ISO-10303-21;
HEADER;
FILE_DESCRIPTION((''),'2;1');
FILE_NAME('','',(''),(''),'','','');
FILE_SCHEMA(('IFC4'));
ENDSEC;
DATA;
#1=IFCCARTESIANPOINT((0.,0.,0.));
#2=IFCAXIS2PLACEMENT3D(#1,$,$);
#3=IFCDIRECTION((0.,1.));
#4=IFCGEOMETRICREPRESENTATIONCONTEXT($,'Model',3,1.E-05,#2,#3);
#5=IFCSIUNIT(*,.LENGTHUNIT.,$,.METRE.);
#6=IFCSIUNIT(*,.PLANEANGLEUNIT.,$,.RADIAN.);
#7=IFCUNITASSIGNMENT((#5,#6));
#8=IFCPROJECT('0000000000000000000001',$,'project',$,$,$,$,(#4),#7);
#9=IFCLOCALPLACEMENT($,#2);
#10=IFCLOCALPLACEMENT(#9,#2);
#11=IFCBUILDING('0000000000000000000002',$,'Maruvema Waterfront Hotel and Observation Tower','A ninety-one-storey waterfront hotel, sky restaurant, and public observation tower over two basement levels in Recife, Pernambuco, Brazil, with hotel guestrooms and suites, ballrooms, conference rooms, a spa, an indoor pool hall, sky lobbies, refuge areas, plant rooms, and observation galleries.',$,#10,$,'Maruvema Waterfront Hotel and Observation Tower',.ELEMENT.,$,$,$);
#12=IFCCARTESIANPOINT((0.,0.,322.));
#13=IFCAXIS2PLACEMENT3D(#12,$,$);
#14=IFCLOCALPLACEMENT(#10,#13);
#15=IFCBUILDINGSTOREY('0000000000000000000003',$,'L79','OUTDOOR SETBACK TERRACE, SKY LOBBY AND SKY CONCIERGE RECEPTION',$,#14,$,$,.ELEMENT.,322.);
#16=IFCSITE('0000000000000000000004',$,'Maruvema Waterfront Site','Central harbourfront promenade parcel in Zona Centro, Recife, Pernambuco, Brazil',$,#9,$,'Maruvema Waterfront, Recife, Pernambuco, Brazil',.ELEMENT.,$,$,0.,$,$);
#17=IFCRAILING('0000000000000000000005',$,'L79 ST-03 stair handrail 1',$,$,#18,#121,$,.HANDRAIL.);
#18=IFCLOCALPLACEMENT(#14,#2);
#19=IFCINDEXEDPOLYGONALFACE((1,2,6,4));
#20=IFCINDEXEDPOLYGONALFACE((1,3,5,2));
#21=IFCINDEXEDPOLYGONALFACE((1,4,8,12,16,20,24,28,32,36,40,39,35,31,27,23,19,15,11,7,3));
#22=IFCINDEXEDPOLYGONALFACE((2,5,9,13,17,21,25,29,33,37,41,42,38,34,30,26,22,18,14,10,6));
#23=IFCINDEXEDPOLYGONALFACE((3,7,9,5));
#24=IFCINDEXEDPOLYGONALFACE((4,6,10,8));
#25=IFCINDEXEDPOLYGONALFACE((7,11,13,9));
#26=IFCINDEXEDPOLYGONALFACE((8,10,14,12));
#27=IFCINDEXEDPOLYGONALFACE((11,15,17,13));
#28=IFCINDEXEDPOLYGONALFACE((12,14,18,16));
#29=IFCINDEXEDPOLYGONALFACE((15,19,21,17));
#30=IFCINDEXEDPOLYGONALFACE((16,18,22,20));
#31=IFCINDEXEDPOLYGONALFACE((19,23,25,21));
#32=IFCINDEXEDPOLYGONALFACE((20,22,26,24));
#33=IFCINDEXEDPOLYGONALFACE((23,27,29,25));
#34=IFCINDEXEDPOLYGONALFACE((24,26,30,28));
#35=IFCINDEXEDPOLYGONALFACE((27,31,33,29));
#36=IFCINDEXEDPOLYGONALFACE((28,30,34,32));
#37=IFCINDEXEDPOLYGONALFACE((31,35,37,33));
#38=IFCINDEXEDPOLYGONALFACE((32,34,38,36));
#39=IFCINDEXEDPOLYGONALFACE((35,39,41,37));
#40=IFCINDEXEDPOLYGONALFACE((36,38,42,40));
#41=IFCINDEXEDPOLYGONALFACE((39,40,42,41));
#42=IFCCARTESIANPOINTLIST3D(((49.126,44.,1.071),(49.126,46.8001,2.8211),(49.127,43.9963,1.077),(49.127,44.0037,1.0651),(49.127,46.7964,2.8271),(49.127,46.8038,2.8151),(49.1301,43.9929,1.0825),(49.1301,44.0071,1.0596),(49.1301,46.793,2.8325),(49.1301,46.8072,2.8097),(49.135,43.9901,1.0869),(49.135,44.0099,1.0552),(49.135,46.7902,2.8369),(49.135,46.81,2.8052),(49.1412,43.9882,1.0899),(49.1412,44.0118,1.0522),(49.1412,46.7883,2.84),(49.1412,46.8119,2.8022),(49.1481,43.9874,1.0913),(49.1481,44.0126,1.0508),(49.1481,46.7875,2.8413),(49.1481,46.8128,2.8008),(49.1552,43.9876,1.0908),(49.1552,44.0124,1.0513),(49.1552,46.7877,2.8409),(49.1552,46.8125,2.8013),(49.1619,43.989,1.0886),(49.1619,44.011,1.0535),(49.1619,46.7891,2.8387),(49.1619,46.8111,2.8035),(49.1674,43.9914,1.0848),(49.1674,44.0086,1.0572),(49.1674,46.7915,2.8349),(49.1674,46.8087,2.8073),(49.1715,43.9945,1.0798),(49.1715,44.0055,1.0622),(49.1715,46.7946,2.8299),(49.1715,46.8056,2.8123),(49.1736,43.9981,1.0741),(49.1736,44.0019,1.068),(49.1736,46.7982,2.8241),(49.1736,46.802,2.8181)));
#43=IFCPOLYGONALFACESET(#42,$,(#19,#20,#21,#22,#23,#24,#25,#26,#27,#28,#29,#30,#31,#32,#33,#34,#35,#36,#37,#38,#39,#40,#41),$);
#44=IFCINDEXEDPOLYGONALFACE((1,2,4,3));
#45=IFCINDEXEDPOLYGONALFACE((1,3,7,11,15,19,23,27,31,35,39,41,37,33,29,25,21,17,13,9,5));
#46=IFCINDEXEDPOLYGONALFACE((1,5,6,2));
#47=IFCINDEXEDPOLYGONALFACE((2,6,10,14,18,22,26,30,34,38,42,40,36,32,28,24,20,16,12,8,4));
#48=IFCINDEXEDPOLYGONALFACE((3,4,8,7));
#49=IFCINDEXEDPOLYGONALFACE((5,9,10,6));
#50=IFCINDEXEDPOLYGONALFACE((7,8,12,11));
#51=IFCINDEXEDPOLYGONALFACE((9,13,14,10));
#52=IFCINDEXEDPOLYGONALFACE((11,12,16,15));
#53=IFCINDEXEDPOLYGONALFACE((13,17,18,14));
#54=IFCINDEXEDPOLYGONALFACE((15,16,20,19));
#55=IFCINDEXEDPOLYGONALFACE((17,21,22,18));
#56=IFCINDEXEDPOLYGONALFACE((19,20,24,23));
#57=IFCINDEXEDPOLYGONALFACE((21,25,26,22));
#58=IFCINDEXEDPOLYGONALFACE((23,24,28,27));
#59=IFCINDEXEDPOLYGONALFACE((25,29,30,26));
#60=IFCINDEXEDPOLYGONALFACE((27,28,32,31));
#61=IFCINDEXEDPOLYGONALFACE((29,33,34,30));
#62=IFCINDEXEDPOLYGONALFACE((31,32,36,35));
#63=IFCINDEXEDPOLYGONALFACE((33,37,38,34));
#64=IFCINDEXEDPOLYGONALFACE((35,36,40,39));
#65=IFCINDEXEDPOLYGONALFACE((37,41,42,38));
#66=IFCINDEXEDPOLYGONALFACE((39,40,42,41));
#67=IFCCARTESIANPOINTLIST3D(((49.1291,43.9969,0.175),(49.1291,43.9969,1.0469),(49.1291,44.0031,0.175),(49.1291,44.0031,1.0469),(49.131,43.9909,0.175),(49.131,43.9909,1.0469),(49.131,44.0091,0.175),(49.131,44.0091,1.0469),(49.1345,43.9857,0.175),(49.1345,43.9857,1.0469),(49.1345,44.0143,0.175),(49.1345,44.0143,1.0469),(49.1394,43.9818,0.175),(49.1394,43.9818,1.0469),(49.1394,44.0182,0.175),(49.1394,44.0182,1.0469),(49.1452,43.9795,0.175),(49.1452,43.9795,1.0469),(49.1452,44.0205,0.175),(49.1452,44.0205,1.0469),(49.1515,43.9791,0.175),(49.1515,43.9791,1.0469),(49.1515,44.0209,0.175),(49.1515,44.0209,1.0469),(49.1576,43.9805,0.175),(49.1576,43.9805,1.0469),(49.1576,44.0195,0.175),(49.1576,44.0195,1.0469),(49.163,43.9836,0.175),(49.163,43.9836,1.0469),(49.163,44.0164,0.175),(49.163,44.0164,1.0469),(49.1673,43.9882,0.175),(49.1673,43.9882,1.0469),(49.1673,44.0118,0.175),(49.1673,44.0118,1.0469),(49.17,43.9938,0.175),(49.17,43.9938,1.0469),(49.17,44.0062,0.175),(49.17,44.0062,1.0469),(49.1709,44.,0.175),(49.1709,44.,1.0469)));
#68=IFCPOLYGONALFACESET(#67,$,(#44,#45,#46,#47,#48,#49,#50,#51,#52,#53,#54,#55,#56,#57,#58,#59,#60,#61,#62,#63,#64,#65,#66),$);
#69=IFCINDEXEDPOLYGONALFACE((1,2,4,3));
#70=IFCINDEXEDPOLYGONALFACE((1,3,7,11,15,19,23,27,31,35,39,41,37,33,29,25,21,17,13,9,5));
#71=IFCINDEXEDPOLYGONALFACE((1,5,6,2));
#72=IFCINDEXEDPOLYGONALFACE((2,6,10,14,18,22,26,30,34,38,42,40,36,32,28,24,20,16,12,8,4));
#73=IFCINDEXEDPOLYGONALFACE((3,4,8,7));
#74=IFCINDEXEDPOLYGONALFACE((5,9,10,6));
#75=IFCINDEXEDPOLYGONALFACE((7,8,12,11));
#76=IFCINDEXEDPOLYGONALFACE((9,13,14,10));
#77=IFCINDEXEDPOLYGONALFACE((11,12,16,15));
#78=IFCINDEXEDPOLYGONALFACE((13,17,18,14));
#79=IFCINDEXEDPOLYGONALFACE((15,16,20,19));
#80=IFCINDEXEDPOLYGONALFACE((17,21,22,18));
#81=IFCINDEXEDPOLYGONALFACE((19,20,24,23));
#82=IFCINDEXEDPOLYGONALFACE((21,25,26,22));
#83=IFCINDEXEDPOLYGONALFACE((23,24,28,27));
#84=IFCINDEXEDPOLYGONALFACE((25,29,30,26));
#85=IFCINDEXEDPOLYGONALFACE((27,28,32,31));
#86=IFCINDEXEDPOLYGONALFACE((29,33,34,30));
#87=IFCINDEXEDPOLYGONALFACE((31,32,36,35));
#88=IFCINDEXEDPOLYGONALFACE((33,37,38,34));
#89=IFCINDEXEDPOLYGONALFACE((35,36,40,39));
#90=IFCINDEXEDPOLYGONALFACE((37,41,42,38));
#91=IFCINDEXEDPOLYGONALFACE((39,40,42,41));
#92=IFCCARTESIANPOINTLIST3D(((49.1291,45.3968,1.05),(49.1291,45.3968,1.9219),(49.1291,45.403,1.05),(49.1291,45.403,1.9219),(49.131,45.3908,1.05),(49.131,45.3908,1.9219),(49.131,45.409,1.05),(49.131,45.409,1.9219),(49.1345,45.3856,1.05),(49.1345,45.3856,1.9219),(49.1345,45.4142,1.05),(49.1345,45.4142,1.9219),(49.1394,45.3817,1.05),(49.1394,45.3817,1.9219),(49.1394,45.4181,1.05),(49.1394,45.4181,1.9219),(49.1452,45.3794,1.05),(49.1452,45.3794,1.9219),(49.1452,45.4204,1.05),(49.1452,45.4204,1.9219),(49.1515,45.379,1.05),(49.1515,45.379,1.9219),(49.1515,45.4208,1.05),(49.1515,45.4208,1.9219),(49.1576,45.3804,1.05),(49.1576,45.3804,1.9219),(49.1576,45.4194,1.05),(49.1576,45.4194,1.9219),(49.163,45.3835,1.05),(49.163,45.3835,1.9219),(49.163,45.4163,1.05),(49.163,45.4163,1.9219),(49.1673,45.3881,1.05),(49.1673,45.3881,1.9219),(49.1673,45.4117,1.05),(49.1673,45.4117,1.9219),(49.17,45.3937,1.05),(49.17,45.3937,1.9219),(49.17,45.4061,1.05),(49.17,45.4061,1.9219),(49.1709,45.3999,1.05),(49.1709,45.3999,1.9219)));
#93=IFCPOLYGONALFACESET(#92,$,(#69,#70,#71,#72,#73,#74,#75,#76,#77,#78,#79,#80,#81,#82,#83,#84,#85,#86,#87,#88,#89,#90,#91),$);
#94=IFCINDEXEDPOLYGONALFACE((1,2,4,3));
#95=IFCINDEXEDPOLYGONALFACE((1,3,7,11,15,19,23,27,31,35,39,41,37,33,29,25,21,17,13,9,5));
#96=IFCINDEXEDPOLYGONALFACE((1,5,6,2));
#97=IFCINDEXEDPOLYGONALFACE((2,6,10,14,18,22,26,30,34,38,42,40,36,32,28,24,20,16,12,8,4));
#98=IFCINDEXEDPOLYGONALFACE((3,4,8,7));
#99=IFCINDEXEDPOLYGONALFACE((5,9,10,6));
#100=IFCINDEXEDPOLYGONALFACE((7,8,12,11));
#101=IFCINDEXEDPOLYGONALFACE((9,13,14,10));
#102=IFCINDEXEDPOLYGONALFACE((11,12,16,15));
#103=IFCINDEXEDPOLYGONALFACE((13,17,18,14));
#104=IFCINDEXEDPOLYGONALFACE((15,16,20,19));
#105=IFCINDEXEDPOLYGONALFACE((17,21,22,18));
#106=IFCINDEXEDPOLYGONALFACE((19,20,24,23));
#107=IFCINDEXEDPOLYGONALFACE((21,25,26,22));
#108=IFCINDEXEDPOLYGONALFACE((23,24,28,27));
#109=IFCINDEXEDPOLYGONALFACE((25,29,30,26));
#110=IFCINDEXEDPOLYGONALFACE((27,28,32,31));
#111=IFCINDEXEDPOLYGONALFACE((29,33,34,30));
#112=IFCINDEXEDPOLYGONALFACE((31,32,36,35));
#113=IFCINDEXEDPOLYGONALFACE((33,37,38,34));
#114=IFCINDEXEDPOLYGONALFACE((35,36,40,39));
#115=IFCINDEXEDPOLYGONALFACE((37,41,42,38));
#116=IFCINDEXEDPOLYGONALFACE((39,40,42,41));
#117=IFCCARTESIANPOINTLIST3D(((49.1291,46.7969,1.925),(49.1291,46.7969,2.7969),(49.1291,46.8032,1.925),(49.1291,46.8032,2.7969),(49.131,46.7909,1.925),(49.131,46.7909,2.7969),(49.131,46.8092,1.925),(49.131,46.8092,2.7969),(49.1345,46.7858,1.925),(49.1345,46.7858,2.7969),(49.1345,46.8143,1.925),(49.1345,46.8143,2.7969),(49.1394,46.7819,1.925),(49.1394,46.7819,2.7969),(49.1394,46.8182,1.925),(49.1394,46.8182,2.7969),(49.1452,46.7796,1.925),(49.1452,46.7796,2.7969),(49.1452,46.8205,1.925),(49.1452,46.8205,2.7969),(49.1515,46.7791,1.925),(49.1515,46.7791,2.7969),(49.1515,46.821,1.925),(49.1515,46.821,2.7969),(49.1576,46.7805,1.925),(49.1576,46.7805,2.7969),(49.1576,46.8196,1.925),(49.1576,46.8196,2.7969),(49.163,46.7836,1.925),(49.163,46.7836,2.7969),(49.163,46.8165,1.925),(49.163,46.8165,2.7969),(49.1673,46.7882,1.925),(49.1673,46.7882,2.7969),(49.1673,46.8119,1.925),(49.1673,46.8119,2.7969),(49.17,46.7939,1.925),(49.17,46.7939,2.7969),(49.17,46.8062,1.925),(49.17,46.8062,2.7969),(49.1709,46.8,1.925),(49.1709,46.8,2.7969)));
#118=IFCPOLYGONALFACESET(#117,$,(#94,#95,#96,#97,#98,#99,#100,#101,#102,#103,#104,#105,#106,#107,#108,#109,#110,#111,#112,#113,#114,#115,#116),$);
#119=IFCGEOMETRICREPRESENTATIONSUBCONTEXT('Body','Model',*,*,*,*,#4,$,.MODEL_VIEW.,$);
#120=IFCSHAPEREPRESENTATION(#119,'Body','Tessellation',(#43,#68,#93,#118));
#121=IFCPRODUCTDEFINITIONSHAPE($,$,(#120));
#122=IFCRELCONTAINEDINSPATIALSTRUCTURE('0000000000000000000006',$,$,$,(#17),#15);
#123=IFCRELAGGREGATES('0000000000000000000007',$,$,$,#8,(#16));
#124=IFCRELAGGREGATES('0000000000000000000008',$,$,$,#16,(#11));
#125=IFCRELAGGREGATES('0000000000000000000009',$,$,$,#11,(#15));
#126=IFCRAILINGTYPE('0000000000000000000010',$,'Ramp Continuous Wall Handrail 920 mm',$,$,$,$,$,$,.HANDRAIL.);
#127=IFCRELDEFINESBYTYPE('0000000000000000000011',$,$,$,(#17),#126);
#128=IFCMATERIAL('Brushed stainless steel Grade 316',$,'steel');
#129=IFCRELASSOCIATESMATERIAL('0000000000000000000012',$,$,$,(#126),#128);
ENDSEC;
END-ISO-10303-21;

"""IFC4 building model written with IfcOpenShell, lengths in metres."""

from ifc_helpers import new_model, si_unit, direction, frame, origin, origin_2d, place, context, subcontext, project, spatial, circle, extrude, material, type_object, element, save


model = new_model("IFC4")

# Units and contexts
model_context = context("Model", 3, precision=1e-05, world=origin(), true_north=direction((0.0, 1.0)))
body_context = subcontext(model_context, "Body", "Model", "MODEL_VIEW")
ifc_project = project(units=[si_unit("LENGTHUNIT", "METRE"), si_unit("PLANEANGLEUNIT", "RADIAN")], contexts=[model_context])

# Site, building, storey
site_placement = place(None, origin())
site = spatial("IfcSite", under=ifc_project, at=site_placement, Name="Maruvema Waterfront Site", Description="Central harbourfront promenade parcel in Zona Centro, Recife, Pernambuco, Brazil", LongName="Maruvema Waterfront, Recife, Pernambuco, Brazil", CompositionType="ELEMENT", RefElevation=0.0)
building_placement = place(site_placement, origin())
building = spatial("IfcBuilding", under=site, at=building_placement, Name="Maruvema Waterfront Hotel and Observation Tower", Description="A ninety-one-storey waterfront hotel, sky restaurant, and public observation tower over two basement levels in Recife, Pernambuco, Brazil, with hotel guestrooms and suites, ballrooms, conference rooms, a spa, an indoor pool hall, sky lobbies, refuge areas, plant rooms, and observation galleries.", LongName="Maruvema Waterfront Hotel and Observation Tower", CompositionType="ELEMENT")
storey_placement = place(building_placement, frame((0.0, 0.0, 322.0)))
storey = spatial("IfcBuildingStorey", under=building, at=storey_placement, Name="L79", Description="OUTDOOR SETBACK TERRACE, SKY LOBBY AND SKY CONCIERGE RECEPTION", CompositionType="ELEMENT", Elevation=322.0)

# Railing
ifc_material_1 = material(Name="Brushed stainless steel Grade 316", Category="steel")
railing_type_1 = type_object("IfcRailingType", Name="Ramp Continuous Wall Handrail 920 mm", PredefinedType="HANDRAIL", material=ifc_material_1)
railing_1_placement = place(storey_placement, frame((49.1499, 44.0, 0.175)))
element("IfcRailing", 1, at=railing_1_placement, inside=storey, type_object=railing_type_1, Name="L79 ST-03 stair handrail 1", PredefinedType="HANDRAIL", context=body_context, shape_type="SweptSolid", body=[
    extrude(circle(Radius=0.0239, at=origin_2d()), frame((0.0, 0.0, 0.896), z_axis=(0.0, 0.848002, 0.529992), x_axis=(-1.0, 0.0, 0.0)), (0.0, 0.0, 1.0), 3.302),
    extrude(circle(Radius=0.021, at=origin_2d()), origin(), (0.0, 0.0, 1.0), 0.8718),
    extrude(circle(Radius=0.021, at=origin_2d()), frame((0.0, 1.3999, 0.875)), (0.0, 0.0, 1.0), 0.8718),
    extrude(circle(Radius=0.021, at=origin_2d()), frame((0.0, 2.8, 1.75)), (0.0, 0.0, 1.0), 0.8718),
])

save(model, "model.ifc")
